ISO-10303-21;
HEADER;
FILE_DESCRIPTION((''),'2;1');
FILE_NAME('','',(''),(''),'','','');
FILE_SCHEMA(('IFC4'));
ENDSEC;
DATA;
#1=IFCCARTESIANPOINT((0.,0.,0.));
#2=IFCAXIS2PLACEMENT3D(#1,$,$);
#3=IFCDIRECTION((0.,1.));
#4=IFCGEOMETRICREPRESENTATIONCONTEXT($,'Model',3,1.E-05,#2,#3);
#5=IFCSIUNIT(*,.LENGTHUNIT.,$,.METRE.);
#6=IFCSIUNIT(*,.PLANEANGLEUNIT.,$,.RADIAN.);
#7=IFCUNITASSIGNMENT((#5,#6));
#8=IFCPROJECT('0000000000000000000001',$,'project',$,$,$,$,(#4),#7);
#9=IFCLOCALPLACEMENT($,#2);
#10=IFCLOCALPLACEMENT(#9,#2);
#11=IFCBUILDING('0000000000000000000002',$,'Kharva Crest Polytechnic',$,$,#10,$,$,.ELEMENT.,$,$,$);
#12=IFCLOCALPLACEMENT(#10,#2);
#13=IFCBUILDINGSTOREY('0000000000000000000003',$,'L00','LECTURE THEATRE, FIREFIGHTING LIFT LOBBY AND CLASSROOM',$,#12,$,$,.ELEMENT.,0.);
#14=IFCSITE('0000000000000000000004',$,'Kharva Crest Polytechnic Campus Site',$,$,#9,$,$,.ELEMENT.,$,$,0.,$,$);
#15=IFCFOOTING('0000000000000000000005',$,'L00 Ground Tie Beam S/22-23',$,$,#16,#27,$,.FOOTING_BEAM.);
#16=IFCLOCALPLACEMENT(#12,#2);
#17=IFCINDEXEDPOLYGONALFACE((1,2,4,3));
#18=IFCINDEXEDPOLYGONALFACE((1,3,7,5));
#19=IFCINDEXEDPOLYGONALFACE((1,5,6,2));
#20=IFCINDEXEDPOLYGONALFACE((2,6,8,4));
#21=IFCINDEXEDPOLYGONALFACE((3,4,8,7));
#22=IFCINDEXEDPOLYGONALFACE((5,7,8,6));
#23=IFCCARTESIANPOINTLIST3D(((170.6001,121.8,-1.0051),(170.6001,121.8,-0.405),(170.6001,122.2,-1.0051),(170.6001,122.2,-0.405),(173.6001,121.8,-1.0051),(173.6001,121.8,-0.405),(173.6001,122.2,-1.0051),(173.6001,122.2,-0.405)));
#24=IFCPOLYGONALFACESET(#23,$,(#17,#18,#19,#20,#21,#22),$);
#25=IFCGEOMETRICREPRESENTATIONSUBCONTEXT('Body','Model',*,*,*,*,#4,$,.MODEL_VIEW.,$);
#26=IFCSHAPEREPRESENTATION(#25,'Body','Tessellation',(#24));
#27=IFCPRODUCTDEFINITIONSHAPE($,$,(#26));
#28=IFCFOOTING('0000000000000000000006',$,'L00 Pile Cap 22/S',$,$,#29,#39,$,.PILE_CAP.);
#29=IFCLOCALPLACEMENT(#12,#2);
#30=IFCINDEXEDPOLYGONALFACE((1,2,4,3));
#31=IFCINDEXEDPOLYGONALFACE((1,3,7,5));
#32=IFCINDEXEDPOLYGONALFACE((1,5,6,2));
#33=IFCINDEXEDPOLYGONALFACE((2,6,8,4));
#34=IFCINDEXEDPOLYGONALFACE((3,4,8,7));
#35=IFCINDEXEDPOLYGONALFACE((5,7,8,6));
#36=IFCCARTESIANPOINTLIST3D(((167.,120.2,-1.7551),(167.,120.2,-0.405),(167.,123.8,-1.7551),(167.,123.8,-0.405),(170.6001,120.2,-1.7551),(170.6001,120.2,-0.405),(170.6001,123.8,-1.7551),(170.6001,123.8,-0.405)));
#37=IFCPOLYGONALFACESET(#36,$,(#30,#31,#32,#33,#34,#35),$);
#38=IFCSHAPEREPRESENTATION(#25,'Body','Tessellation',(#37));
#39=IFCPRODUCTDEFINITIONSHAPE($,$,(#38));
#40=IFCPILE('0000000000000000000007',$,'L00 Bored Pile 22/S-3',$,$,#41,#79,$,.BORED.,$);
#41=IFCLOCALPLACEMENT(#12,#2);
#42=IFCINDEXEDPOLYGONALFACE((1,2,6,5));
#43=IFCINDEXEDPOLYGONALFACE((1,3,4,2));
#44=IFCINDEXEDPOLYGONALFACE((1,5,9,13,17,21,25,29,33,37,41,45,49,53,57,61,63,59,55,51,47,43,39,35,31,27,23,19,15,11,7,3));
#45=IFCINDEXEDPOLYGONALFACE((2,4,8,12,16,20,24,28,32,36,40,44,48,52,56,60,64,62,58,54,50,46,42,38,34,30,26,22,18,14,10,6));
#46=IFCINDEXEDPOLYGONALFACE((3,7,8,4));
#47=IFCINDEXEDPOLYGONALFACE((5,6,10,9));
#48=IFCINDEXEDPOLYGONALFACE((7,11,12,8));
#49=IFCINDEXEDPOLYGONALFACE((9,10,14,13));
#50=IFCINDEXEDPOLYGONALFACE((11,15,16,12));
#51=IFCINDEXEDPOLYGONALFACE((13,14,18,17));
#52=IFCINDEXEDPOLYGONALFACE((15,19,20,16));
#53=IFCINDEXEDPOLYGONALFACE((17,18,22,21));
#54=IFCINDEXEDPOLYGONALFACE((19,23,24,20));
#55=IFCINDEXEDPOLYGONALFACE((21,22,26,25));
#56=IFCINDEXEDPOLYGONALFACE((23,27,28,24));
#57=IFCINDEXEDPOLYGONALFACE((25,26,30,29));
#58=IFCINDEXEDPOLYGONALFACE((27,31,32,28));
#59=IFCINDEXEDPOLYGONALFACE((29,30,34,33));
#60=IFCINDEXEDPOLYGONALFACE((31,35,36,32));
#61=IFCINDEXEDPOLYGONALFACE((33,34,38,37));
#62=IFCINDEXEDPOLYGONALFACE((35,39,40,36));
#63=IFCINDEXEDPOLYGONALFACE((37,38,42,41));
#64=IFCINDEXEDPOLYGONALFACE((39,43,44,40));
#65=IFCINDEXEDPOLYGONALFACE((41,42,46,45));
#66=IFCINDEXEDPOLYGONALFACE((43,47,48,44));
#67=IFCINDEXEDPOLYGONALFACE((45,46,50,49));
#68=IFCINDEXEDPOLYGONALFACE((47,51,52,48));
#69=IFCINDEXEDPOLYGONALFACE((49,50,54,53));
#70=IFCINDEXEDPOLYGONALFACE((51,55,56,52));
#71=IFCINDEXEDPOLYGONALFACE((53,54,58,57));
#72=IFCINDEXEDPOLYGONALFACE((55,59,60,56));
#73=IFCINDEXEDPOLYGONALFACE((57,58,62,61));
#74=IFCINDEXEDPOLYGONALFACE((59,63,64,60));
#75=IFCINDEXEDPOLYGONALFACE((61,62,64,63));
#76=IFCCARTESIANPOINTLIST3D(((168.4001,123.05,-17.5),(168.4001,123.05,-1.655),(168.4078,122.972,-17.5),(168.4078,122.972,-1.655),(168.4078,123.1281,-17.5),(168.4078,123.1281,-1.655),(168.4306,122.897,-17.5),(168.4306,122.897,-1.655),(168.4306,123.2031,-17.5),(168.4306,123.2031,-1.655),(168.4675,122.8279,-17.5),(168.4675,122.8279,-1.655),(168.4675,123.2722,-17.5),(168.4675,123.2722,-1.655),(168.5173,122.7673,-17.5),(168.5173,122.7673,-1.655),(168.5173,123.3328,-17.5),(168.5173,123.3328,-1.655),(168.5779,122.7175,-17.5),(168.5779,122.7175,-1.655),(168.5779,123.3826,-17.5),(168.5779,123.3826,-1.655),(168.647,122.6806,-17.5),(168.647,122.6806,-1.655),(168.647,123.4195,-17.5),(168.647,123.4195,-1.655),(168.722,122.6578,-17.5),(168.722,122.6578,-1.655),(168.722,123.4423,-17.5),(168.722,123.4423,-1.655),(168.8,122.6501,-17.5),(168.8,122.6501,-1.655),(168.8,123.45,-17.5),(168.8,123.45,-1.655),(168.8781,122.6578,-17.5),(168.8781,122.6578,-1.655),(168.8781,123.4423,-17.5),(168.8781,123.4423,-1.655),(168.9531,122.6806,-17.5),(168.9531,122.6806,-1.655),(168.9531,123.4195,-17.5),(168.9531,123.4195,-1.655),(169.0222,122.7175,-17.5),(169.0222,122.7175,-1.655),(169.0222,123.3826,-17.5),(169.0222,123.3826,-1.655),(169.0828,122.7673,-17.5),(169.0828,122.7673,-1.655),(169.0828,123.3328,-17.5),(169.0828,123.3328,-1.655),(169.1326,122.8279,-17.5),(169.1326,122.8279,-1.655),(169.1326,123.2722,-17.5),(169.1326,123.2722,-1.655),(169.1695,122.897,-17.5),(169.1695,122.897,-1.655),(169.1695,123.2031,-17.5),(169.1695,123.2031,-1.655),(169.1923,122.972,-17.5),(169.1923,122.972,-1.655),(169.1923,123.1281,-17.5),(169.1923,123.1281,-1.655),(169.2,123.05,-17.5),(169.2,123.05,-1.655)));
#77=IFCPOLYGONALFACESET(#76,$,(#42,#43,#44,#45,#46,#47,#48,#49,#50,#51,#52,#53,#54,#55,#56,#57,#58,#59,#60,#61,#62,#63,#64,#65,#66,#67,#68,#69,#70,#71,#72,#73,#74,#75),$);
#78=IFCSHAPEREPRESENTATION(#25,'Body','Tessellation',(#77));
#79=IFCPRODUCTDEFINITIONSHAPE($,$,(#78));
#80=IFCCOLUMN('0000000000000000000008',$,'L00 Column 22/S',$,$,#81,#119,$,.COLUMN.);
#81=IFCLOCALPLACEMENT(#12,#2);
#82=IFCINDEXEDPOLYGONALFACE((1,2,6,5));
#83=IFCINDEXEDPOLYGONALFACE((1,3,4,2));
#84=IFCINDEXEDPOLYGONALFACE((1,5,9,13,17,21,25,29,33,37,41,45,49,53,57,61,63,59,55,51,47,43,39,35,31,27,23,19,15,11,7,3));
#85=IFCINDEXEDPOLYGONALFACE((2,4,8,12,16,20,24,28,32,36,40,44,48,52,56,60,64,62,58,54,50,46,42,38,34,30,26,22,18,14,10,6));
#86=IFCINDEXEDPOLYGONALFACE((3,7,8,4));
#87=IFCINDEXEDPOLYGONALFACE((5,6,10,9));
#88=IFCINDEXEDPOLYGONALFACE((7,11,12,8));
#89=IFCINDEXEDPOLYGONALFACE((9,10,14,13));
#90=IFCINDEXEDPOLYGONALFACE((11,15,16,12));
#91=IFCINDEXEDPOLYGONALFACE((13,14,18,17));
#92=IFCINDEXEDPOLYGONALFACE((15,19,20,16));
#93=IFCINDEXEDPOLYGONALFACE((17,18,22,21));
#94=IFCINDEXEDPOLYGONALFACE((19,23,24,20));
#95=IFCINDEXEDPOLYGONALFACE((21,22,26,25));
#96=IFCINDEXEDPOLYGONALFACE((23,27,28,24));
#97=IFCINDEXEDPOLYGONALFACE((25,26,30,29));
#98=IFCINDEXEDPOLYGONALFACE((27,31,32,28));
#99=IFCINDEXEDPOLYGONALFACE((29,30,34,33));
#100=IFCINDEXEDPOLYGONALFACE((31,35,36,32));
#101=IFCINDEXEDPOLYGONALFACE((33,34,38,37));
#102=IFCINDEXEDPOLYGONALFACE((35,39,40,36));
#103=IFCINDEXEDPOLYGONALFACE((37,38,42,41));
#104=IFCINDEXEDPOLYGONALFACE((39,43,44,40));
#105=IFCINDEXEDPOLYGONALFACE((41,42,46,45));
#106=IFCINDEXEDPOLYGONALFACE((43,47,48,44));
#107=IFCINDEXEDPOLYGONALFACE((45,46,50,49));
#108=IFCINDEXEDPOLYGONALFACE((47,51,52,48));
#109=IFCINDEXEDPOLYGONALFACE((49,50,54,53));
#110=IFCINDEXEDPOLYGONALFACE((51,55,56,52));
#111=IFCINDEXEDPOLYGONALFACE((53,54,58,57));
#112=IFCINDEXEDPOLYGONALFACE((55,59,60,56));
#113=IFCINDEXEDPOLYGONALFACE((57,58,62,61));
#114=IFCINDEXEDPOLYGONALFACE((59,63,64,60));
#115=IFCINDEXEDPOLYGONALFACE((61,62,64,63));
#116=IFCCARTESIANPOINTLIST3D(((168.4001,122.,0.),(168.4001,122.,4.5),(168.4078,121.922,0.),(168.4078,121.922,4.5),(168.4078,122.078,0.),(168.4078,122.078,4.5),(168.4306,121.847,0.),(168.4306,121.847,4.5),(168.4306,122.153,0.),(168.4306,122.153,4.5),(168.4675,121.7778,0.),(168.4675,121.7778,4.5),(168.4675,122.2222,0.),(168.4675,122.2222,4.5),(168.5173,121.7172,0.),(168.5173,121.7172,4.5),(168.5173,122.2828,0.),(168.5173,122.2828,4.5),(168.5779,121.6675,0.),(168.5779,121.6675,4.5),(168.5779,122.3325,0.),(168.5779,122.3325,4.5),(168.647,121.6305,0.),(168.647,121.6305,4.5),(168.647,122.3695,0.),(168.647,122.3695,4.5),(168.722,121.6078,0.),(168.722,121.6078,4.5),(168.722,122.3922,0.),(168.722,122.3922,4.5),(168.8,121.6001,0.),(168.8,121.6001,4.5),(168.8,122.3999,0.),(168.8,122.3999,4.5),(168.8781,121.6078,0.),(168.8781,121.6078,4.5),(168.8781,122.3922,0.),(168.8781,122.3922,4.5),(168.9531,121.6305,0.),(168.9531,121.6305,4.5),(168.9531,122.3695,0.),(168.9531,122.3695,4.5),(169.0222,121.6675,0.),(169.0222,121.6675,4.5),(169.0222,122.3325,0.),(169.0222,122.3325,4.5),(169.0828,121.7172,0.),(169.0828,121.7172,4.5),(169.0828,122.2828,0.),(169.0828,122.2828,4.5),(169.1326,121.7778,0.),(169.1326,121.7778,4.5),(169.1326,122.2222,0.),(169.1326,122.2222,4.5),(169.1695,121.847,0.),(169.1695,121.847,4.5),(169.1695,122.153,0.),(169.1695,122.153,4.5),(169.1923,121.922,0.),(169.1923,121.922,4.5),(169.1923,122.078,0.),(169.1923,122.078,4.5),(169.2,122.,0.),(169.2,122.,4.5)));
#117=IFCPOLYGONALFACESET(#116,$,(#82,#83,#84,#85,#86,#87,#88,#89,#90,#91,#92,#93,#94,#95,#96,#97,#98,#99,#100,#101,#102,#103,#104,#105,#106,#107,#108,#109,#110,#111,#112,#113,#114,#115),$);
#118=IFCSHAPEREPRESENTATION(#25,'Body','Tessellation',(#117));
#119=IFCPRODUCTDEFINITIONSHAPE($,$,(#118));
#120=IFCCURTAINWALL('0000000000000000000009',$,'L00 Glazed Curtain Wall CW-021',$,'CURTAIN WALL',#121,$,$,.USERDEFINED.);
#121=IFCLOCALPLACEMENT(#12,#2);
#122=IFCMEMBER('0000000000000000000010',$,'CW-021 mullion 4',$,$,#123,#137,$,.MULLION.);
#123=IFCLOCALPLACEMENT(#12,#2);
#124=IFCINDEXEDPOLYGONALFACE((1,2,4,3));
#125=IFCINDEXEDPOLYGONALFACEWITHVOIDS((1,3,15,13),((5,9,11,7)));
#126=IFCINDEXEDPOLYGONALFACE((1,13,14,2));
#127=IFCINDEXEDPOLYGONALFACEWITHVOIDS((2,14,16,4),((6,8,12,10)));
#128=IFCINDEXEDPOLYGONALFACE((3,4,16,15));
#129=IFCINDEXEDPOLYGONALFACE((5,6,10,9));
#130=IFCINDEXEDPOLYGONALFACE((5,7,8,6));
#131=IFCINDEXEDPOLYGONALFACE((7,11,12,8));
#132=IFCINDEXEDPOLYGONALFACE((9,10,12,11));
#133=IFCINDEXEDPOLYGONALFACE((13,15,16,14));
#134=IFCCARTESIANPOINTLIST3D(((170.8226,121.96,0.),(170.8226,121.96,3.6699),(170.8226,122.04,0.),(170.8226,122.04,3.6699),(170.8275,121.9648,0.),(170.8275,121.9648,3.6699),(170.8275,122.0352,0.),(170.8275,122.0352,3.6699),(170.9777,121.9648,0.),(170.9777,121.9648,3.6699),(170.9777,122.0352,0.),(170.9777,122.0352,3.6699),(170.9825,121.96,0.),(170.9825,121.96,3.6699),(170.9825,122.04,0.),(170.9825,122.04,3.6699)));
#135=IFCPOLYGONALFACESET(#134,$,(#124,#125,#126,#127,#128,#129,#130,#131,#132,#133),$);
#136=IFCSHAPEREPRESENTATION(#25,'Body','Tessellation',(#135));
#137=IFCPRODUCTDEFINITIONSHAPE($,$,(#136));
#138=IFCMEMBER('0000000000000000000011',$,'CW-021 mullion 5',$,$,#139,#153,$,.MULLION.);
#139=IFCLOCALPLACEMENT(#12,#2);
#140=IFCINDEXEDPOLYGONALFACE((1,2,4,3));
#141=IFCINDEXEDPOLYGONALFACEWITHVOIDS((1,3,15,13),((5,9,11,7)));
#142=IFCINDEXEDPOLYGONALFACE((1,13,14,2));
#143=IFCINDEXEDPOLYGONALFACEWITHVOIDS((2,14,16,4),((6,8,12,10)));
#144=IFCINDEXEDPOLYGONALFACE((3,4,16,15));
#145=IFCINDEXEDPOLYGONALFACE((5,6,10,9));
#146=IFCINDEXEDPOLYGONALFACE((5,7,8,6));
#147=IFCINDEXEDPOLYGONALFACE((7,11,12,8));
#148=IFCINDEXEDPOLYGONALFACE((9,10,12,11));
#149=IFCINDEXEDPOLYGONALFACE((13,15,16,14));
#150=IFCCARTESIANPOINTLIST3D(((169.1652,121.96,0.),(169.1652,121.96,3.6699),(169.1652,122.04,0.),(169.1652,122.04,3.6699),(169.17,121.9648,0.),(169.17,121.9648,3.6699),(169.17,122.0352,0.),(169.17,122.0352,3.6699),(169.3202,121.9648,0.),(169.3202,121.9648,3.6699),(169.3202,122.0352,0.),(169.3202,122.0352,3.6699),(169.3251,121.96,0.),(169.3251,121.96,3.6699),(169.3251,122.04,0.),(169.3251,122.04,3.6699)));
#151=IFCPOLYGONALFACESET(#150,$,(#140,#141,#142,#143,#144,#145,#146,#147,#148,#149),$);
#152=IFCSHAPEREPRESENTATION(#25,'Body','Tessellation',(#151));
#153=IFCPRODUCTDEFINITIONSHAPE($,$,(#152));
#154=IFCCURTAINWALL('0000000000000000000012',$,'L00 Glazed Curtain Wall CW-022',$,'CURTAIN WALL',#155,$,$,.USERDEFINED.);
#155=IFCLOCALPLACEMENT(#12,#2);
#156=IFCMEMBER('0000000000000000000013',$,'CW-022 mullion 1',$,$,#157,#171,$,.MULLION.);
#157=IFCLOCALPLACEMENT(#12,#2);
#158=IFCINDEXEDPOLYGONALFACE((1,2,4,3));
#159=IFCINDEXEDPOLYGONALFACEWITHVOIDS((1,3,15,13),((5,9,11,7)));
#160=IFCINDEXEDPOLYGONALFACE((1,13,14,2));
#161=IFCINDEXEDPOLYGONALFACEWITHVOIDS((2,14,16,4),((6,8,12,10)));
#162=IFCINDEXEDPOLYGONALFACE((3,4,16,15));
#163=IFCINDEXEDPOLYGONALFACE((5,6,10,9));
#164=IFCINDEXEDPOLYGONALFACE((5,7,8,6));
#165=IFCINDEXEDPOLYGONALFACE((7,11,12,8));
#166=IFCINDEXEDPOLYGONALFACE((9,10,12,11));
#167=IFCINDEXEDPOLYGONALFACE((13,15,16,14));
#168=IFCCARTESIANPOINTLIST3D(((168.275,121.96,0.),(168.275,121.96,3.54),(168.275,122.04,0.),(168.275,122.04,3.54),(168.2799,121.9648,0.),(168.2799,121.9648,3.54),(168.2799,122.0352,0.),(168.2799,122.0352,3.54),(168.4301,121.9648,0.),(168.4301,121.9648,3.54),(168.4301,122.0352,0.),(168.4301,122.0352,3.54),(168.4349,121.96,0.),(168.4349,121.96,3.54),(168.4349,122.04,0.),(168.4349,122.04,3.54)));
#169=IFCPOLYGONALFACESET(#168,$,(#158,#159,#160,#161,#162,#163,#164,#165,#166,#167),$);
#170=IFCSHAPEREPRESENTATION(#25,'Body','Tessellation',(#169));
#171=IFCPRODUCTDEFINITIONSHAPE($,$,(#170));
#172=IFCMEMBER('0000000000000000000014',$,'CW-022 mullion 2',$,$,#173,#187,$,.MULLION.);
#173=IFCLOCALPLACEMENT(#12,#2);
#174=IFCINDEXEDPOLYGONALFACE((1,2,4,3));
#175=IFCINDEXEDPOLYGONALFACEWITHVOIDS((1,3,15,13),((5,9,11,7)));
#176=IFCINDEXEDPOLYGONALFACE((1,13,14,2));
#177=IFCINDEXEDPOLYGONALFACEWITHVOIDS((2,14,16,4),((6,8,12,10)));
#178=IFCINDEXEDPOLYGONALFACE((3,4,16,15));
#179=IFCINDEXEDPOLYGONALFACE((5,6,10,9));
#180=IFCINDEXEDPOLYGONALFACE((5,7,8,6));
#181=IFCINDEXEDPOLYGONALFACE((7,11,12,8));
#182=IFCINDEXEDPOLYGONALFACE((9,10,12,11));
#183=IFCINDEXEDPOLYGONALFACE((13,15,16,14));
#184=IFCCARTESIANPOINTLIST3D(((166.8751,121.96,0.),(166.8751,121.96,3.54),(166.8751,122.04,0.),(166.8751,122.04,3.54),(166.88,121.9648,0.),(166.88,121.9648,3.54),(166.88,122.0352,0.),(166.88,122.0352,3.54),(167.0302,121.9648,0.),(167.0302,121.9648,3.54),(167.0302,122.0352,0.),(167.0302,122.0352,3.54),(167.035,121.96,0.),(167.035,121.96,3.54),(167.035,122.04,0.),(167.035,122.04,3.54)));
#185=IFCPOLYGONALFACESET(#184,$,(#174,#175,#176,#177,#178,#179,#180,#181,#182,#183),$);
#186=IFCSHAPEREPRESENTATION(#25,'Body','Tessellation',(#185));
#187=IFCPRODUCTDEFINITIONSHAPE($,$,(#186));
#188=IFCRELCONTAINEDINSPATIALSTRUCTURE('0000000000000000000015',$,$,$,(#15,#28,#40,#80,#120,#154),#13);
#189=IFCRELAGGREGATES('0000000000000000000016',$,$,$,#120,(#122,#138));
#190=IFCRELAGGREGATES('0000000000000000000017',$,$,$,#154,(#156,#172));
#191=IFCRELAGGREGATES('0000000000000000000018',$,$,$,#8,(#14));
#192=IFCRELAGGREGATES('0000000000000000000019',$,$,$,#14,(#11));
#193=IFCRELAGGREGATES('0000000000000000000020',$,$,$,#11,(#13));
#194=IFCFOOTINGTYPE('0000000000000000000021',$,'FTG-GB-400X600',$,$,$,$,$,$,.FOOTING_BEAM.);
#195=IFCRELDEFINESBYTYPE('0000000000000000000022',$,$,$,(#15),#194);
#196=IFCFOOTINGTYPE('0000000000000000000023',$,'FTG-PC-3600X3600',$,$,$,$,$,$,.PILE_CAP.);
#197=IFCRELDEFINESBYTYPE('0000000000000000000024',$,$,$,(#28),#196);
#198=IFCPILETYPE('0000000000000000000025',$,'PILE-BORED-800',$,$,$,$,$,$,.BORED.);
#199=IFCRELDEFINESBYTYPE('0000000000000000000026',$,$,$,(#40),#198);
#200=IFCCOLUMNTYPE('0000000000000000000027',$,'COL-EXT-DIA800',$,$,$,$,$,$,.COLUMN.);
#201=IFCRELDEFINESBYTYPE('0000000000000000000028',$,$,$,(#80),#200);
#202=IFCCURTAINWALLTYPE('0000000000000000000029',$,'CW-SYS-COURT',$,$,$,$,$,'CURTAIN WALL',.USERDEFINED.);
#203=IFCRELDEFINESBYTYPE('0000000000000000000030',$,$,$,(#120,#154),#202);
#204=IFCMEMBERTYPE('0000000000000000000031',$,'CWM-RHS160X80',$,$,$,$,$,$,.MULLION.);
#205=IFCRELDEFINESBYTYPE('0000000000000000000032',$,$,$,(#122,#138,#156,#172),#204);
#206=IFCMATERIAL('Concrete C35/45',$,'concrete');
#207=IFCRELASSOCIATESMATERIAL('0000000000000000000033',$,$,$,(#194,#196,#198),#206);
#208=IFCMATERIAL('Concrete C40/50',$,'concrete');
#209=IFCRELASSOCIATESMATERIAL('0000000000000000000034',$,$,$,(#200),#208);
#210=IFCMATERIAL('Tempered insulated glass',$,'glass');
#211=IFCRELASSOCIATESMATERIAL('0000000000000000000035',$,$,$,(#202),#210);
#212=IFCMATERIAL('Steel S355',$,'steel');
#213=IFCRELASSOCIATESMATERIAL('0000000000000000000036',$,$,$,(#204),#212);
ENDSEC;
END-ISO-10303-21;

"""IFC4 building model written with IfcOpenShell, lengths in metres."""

from ifc_helpers import new_model, si_unit, direction, frame, origin, origin_2d, place, context, subcontext, project, spatial, rectangle, hollow_rectangle, circle, extrude, material, material_profile, profile_set, type_object, element, aggregate, save


model = new_model("IFC4")

# Units and contexts
model_context = context("Model", 3, precision=1e-05, world=origin(), true_north=direction((0.0, 1.0)))
body_context = subcontext(model_context, "Body", "Model", "MODEL_VIEW")
ifc_project = project(units=[si_unit("LENGTHUNIT", "METRE"), si_unit("PLANEANGLEUNIT", "RADIAN")], contexts=[model_context])

# Site, building, storey
site_placement = place(None, origin())
site = spatial("IfcSite", under=ifc_project, at=site_placement, Name="Kharva Crest Polytechnic Campus Site", CompositionType="ELEMENT", RefElevation=0.0)
building_placement = place(site_placement, origin())
building = spatial("IfcBuilding", under=site, at=building_placement, Name="Kharva Crest Polytechnic", CompositionType="ELEMENT")
storey_placement = place(building_placement, origin())
storey = spatial("IfcBuildingStorey", under=building, at=storey_placement, Name="L00", Description="LECTURE THEATRE, FIREFIGHTING LIFT LOBBY AND CLASSROOM", CompositionType="ELEMENT", Elevation=0.0)

# Footings
ifc_material_1 = material(Name="Concrete C35/45", Category="concrete")
footing_type_1 = type_object("IfcFootingType", Name="FTG-GB-400X600", PredefinedType="FOOTING_BEAM", material=ifc_material_1)
footing_1_placement = place(storey_placement, frame((172.1001, 122.0, -1.0051), z_axis=(0.0, 0.0, 1.0), x_axis=(1.0, 0.0, 0.0)))
element("IfcFooting", 1, at=footing_1_placement, inside=storey, type_object=footing_type_1, Name="L00 Ground Tie Beam S/22-23", PredefinedType="FOOTING_BEAM", context=body_context, shape_type="SweptSolid", body=[
    extrude(rectangle(XDim=3.0, YDim=0.3999, at=origin_2d()), origin(), (0.0, 0.0, 1.0), 0.6001),
])
footing_type_2 = type_object("IfcFootingType", Name="FTG-PC-3600X3600", PredefinedType="PILE_CAP", material=ifc_material_1)
footing_2_placement = place(storey_placement, frame((168.8, 122.0, -1.7551), z_axis=(0.0, 0.0, 1.0), x_axis=(1.0, 0.0, 0.0)))
element("IfcFooting", 2, at=footing_2_placement, inside=storey, type_object=footing_type_2, Name="L00 Pile Cap 22/S", PredefinedType="PILE_CAP", context=body_context, shape_type="SweptSolid", body=[
    extrude(rectangle(XDim=3.6001, YDim=3.6001, at=origin_2d()), origin(), (0.0, 0.0, 1.0), 1.3501),
])

# Pile
ifc_material_profile_1 = material_profile(ifc_material_1, circle(Radius=0.3999, at=origin_2d()), Name="DIA 800")
ifc_profile_set_1 = profile_set([ifc_material_profile_1], Name="Concrete C35/45")
pile_type = type_object("IfcPileType", Name="PILE-BORED-800", PredefinedType="BORED", material=ifc_profile_set_1)
pile_placement = place(storey_placement, frame((168.8, 123.05, -1.655), z_axis=(0.0, 0.0, -1.0), x_axis=(1.0, 0.0, 0.0)))
element("IfcPile", 3, at=pile_placement, inside=storey, type_object=pile_type, Name="L00 Bored Pile 22/S-3", PredefinedType="BORED", context=body_context, shape_type="SweptSolid", body=[
    extrude(circle(Radius=0.3999, at=origin_2d()), origin(), (0.0, 0.0, 1.0), 15.845),
])

# Column
ifc_material_2 = material(Name="Concrete C40/50", Category="concrete")
ifc_material_profile_2 = material_profile(ifc_material_2, circle(Radius=0.3999, at=origin_2d()), Name="DIA 800")
ifc_profile_set_2 = profile_set([ifc_material_profile_2], Name="Concrete C40/50")
column_type = type_object("IfcColumnType", Name="COL-EXT-DIA800", PredefinedType="COLUMN", material=ifc_profile_set_2)
column_placement = place(storey_placement, frame((168.8, 122.0, 0.0), z_axis=(0.0, 0.0, 1.0), x_axis=(1.0, 0.0, 0.0)))
element("IfcColumn", 4, at=column_placement, inside=storey, type_object=column_type, Name="L00 Column 22/S", PredefinedType="COLUMN", context=body_context, shape_type="SweptSolid", body=[
    extrude(circle(Radius=0.3999, at=origin_2d()), origin(), (0.0, 0.0, 1.0), 4.5),
])

# Curtain walls, members
ifc_material_3 = material(Name="Tempered insulated glass", Category="glass")
curtain_wall_type = type_object("IfcCurtainWallType", Name="CW-SYS-COURT", ElementType="CURTAIN WALL", PredefinedType="USERDEFINED", material=ifc_material_3)
curtain_wall_1_placement = place(storey_placement, origin())
curtain_wall_1 = element("IfcCurtainWall", 5, at=curtain_wall_1_placement, inside=storey, type_object=curtain_wall_type, Name="L00 Glazed Curtain Wall CW-021", ObjectType="CURTAIN WALL", PredefinedType="USERDEFINED")
ifc_material_4 = material(Name="Steel S355", Category="steel")
ifc_material_profile_3 = material_profile(ifc_material_4, hollow_rectangle(XDim=0.0801, YDim=0.1599, WallThickness=0.0049, at=origin_2d()), Name="RHS 160X80X5.0")
ifc_profile_set_3 = profile_set([ifc_material_profile_3], Name="Steel S355")
member_type_1 = type_object("IfcMemberType", Name="CWM-RHS160X80", PredefinedType="MULLION", material=ifc_profile_set_3)
member_1_placement = place(storey_placement, frame((170.9026, 122.0, 0.0), z_axis=(0.0, 0.0, 1.0), x_axis=(0.0, -1.0, 0.0)))
member_1 = element("IfcMember", 6, at=member_1_placement, type_object=member_type_1, Name="CW-021 mullion 4", PredefinedType="MULLION", context=body_context, shape_type="SweptSolid", body=[
    extrude(hollow_rectangle(XDim=0.0801, YDim=0.1599, WallThickness=0.0049, at=origin_2d()), origin(), (0.0, 0.0, 1.0), 3.6699),
])
member_2_placement = place(storey_placement, frame((169.2451, 122.0, 0.0), z_axis=(0.0, 0.0, 1.0), x_axis=(0.0, -1.0, 0.0)))
member_2 = element("IfcMember", 7, at=member_2_placement, type_object=member_type_1, Name="CW-021 mullion 5", PredefinedType="MULLION", context=body_context, shape_type="SweptSolid", body=[
    extrude(hollow_rectangle(XDim=0.0801, YDim=0.1599, WallThickness=0.0049, at=origin_2d()), origin(), (0.0, 0.0, 1.0), 3.6699),
])
curtain_wall_2_placement = place(storey_placement, origin())
curtain_wall_2 = element("IfcCurtainWall", 8, at=curtain_wall_2_placement, inside=storey, type_object=curtain_wall_type, Name="L00 Glazed Curtain Wall CW-022", ObjectType="CURTAIN WALL", PredefinedType="USERDEFINED")
member_3_placement = place(storey_placement, frame((168.355, 122.0, 0.0), z_axis=(0.0, 0.0, 1.0), x_axis=(0.0, -1.0, 0.0)))
member_3 = element("IfcMember", 9, at=member_3_placement, type_object=member_type_1, Name="CW-022 mullion 1", PredefinedType="MULLION", context=body_context, shape_type="SweptSolid", body=[
    extrude(hollow_rectangle(XDim=0.0801, YDim=0.1599, WallThickness=0.0049, at=origin_2d()), origin(), (0.0, 0.0, 1.0), 3.54),
])
member_4_placement = place(storey_placement, frame((166.9551, 122.0, 0.0), z_axis=(0.0, 0.0, 1.0), x_axis=(0.0, -1.0, 0.0)))
member_4 = element("IfcMember", 10, at=member_4_placement, type_object=member_type_1, Name="CW-022 mullion 2", PredefinedType="MULLION", context=body_context, shape_type="SweptSolid", body=[
    extrude(hollow_rectangle(XDim=0.0801, YDim=0.1599, WallThickness=0.0049, at=origin_2d()), origin(), (0.0, 0.0, 1.0), 3.54),
])

aggregate(curtain_wall_1, [member_1, member_2])
aggregate(curtain_wall_2, [member_3, member_4])

save(model, "model.ifc")
